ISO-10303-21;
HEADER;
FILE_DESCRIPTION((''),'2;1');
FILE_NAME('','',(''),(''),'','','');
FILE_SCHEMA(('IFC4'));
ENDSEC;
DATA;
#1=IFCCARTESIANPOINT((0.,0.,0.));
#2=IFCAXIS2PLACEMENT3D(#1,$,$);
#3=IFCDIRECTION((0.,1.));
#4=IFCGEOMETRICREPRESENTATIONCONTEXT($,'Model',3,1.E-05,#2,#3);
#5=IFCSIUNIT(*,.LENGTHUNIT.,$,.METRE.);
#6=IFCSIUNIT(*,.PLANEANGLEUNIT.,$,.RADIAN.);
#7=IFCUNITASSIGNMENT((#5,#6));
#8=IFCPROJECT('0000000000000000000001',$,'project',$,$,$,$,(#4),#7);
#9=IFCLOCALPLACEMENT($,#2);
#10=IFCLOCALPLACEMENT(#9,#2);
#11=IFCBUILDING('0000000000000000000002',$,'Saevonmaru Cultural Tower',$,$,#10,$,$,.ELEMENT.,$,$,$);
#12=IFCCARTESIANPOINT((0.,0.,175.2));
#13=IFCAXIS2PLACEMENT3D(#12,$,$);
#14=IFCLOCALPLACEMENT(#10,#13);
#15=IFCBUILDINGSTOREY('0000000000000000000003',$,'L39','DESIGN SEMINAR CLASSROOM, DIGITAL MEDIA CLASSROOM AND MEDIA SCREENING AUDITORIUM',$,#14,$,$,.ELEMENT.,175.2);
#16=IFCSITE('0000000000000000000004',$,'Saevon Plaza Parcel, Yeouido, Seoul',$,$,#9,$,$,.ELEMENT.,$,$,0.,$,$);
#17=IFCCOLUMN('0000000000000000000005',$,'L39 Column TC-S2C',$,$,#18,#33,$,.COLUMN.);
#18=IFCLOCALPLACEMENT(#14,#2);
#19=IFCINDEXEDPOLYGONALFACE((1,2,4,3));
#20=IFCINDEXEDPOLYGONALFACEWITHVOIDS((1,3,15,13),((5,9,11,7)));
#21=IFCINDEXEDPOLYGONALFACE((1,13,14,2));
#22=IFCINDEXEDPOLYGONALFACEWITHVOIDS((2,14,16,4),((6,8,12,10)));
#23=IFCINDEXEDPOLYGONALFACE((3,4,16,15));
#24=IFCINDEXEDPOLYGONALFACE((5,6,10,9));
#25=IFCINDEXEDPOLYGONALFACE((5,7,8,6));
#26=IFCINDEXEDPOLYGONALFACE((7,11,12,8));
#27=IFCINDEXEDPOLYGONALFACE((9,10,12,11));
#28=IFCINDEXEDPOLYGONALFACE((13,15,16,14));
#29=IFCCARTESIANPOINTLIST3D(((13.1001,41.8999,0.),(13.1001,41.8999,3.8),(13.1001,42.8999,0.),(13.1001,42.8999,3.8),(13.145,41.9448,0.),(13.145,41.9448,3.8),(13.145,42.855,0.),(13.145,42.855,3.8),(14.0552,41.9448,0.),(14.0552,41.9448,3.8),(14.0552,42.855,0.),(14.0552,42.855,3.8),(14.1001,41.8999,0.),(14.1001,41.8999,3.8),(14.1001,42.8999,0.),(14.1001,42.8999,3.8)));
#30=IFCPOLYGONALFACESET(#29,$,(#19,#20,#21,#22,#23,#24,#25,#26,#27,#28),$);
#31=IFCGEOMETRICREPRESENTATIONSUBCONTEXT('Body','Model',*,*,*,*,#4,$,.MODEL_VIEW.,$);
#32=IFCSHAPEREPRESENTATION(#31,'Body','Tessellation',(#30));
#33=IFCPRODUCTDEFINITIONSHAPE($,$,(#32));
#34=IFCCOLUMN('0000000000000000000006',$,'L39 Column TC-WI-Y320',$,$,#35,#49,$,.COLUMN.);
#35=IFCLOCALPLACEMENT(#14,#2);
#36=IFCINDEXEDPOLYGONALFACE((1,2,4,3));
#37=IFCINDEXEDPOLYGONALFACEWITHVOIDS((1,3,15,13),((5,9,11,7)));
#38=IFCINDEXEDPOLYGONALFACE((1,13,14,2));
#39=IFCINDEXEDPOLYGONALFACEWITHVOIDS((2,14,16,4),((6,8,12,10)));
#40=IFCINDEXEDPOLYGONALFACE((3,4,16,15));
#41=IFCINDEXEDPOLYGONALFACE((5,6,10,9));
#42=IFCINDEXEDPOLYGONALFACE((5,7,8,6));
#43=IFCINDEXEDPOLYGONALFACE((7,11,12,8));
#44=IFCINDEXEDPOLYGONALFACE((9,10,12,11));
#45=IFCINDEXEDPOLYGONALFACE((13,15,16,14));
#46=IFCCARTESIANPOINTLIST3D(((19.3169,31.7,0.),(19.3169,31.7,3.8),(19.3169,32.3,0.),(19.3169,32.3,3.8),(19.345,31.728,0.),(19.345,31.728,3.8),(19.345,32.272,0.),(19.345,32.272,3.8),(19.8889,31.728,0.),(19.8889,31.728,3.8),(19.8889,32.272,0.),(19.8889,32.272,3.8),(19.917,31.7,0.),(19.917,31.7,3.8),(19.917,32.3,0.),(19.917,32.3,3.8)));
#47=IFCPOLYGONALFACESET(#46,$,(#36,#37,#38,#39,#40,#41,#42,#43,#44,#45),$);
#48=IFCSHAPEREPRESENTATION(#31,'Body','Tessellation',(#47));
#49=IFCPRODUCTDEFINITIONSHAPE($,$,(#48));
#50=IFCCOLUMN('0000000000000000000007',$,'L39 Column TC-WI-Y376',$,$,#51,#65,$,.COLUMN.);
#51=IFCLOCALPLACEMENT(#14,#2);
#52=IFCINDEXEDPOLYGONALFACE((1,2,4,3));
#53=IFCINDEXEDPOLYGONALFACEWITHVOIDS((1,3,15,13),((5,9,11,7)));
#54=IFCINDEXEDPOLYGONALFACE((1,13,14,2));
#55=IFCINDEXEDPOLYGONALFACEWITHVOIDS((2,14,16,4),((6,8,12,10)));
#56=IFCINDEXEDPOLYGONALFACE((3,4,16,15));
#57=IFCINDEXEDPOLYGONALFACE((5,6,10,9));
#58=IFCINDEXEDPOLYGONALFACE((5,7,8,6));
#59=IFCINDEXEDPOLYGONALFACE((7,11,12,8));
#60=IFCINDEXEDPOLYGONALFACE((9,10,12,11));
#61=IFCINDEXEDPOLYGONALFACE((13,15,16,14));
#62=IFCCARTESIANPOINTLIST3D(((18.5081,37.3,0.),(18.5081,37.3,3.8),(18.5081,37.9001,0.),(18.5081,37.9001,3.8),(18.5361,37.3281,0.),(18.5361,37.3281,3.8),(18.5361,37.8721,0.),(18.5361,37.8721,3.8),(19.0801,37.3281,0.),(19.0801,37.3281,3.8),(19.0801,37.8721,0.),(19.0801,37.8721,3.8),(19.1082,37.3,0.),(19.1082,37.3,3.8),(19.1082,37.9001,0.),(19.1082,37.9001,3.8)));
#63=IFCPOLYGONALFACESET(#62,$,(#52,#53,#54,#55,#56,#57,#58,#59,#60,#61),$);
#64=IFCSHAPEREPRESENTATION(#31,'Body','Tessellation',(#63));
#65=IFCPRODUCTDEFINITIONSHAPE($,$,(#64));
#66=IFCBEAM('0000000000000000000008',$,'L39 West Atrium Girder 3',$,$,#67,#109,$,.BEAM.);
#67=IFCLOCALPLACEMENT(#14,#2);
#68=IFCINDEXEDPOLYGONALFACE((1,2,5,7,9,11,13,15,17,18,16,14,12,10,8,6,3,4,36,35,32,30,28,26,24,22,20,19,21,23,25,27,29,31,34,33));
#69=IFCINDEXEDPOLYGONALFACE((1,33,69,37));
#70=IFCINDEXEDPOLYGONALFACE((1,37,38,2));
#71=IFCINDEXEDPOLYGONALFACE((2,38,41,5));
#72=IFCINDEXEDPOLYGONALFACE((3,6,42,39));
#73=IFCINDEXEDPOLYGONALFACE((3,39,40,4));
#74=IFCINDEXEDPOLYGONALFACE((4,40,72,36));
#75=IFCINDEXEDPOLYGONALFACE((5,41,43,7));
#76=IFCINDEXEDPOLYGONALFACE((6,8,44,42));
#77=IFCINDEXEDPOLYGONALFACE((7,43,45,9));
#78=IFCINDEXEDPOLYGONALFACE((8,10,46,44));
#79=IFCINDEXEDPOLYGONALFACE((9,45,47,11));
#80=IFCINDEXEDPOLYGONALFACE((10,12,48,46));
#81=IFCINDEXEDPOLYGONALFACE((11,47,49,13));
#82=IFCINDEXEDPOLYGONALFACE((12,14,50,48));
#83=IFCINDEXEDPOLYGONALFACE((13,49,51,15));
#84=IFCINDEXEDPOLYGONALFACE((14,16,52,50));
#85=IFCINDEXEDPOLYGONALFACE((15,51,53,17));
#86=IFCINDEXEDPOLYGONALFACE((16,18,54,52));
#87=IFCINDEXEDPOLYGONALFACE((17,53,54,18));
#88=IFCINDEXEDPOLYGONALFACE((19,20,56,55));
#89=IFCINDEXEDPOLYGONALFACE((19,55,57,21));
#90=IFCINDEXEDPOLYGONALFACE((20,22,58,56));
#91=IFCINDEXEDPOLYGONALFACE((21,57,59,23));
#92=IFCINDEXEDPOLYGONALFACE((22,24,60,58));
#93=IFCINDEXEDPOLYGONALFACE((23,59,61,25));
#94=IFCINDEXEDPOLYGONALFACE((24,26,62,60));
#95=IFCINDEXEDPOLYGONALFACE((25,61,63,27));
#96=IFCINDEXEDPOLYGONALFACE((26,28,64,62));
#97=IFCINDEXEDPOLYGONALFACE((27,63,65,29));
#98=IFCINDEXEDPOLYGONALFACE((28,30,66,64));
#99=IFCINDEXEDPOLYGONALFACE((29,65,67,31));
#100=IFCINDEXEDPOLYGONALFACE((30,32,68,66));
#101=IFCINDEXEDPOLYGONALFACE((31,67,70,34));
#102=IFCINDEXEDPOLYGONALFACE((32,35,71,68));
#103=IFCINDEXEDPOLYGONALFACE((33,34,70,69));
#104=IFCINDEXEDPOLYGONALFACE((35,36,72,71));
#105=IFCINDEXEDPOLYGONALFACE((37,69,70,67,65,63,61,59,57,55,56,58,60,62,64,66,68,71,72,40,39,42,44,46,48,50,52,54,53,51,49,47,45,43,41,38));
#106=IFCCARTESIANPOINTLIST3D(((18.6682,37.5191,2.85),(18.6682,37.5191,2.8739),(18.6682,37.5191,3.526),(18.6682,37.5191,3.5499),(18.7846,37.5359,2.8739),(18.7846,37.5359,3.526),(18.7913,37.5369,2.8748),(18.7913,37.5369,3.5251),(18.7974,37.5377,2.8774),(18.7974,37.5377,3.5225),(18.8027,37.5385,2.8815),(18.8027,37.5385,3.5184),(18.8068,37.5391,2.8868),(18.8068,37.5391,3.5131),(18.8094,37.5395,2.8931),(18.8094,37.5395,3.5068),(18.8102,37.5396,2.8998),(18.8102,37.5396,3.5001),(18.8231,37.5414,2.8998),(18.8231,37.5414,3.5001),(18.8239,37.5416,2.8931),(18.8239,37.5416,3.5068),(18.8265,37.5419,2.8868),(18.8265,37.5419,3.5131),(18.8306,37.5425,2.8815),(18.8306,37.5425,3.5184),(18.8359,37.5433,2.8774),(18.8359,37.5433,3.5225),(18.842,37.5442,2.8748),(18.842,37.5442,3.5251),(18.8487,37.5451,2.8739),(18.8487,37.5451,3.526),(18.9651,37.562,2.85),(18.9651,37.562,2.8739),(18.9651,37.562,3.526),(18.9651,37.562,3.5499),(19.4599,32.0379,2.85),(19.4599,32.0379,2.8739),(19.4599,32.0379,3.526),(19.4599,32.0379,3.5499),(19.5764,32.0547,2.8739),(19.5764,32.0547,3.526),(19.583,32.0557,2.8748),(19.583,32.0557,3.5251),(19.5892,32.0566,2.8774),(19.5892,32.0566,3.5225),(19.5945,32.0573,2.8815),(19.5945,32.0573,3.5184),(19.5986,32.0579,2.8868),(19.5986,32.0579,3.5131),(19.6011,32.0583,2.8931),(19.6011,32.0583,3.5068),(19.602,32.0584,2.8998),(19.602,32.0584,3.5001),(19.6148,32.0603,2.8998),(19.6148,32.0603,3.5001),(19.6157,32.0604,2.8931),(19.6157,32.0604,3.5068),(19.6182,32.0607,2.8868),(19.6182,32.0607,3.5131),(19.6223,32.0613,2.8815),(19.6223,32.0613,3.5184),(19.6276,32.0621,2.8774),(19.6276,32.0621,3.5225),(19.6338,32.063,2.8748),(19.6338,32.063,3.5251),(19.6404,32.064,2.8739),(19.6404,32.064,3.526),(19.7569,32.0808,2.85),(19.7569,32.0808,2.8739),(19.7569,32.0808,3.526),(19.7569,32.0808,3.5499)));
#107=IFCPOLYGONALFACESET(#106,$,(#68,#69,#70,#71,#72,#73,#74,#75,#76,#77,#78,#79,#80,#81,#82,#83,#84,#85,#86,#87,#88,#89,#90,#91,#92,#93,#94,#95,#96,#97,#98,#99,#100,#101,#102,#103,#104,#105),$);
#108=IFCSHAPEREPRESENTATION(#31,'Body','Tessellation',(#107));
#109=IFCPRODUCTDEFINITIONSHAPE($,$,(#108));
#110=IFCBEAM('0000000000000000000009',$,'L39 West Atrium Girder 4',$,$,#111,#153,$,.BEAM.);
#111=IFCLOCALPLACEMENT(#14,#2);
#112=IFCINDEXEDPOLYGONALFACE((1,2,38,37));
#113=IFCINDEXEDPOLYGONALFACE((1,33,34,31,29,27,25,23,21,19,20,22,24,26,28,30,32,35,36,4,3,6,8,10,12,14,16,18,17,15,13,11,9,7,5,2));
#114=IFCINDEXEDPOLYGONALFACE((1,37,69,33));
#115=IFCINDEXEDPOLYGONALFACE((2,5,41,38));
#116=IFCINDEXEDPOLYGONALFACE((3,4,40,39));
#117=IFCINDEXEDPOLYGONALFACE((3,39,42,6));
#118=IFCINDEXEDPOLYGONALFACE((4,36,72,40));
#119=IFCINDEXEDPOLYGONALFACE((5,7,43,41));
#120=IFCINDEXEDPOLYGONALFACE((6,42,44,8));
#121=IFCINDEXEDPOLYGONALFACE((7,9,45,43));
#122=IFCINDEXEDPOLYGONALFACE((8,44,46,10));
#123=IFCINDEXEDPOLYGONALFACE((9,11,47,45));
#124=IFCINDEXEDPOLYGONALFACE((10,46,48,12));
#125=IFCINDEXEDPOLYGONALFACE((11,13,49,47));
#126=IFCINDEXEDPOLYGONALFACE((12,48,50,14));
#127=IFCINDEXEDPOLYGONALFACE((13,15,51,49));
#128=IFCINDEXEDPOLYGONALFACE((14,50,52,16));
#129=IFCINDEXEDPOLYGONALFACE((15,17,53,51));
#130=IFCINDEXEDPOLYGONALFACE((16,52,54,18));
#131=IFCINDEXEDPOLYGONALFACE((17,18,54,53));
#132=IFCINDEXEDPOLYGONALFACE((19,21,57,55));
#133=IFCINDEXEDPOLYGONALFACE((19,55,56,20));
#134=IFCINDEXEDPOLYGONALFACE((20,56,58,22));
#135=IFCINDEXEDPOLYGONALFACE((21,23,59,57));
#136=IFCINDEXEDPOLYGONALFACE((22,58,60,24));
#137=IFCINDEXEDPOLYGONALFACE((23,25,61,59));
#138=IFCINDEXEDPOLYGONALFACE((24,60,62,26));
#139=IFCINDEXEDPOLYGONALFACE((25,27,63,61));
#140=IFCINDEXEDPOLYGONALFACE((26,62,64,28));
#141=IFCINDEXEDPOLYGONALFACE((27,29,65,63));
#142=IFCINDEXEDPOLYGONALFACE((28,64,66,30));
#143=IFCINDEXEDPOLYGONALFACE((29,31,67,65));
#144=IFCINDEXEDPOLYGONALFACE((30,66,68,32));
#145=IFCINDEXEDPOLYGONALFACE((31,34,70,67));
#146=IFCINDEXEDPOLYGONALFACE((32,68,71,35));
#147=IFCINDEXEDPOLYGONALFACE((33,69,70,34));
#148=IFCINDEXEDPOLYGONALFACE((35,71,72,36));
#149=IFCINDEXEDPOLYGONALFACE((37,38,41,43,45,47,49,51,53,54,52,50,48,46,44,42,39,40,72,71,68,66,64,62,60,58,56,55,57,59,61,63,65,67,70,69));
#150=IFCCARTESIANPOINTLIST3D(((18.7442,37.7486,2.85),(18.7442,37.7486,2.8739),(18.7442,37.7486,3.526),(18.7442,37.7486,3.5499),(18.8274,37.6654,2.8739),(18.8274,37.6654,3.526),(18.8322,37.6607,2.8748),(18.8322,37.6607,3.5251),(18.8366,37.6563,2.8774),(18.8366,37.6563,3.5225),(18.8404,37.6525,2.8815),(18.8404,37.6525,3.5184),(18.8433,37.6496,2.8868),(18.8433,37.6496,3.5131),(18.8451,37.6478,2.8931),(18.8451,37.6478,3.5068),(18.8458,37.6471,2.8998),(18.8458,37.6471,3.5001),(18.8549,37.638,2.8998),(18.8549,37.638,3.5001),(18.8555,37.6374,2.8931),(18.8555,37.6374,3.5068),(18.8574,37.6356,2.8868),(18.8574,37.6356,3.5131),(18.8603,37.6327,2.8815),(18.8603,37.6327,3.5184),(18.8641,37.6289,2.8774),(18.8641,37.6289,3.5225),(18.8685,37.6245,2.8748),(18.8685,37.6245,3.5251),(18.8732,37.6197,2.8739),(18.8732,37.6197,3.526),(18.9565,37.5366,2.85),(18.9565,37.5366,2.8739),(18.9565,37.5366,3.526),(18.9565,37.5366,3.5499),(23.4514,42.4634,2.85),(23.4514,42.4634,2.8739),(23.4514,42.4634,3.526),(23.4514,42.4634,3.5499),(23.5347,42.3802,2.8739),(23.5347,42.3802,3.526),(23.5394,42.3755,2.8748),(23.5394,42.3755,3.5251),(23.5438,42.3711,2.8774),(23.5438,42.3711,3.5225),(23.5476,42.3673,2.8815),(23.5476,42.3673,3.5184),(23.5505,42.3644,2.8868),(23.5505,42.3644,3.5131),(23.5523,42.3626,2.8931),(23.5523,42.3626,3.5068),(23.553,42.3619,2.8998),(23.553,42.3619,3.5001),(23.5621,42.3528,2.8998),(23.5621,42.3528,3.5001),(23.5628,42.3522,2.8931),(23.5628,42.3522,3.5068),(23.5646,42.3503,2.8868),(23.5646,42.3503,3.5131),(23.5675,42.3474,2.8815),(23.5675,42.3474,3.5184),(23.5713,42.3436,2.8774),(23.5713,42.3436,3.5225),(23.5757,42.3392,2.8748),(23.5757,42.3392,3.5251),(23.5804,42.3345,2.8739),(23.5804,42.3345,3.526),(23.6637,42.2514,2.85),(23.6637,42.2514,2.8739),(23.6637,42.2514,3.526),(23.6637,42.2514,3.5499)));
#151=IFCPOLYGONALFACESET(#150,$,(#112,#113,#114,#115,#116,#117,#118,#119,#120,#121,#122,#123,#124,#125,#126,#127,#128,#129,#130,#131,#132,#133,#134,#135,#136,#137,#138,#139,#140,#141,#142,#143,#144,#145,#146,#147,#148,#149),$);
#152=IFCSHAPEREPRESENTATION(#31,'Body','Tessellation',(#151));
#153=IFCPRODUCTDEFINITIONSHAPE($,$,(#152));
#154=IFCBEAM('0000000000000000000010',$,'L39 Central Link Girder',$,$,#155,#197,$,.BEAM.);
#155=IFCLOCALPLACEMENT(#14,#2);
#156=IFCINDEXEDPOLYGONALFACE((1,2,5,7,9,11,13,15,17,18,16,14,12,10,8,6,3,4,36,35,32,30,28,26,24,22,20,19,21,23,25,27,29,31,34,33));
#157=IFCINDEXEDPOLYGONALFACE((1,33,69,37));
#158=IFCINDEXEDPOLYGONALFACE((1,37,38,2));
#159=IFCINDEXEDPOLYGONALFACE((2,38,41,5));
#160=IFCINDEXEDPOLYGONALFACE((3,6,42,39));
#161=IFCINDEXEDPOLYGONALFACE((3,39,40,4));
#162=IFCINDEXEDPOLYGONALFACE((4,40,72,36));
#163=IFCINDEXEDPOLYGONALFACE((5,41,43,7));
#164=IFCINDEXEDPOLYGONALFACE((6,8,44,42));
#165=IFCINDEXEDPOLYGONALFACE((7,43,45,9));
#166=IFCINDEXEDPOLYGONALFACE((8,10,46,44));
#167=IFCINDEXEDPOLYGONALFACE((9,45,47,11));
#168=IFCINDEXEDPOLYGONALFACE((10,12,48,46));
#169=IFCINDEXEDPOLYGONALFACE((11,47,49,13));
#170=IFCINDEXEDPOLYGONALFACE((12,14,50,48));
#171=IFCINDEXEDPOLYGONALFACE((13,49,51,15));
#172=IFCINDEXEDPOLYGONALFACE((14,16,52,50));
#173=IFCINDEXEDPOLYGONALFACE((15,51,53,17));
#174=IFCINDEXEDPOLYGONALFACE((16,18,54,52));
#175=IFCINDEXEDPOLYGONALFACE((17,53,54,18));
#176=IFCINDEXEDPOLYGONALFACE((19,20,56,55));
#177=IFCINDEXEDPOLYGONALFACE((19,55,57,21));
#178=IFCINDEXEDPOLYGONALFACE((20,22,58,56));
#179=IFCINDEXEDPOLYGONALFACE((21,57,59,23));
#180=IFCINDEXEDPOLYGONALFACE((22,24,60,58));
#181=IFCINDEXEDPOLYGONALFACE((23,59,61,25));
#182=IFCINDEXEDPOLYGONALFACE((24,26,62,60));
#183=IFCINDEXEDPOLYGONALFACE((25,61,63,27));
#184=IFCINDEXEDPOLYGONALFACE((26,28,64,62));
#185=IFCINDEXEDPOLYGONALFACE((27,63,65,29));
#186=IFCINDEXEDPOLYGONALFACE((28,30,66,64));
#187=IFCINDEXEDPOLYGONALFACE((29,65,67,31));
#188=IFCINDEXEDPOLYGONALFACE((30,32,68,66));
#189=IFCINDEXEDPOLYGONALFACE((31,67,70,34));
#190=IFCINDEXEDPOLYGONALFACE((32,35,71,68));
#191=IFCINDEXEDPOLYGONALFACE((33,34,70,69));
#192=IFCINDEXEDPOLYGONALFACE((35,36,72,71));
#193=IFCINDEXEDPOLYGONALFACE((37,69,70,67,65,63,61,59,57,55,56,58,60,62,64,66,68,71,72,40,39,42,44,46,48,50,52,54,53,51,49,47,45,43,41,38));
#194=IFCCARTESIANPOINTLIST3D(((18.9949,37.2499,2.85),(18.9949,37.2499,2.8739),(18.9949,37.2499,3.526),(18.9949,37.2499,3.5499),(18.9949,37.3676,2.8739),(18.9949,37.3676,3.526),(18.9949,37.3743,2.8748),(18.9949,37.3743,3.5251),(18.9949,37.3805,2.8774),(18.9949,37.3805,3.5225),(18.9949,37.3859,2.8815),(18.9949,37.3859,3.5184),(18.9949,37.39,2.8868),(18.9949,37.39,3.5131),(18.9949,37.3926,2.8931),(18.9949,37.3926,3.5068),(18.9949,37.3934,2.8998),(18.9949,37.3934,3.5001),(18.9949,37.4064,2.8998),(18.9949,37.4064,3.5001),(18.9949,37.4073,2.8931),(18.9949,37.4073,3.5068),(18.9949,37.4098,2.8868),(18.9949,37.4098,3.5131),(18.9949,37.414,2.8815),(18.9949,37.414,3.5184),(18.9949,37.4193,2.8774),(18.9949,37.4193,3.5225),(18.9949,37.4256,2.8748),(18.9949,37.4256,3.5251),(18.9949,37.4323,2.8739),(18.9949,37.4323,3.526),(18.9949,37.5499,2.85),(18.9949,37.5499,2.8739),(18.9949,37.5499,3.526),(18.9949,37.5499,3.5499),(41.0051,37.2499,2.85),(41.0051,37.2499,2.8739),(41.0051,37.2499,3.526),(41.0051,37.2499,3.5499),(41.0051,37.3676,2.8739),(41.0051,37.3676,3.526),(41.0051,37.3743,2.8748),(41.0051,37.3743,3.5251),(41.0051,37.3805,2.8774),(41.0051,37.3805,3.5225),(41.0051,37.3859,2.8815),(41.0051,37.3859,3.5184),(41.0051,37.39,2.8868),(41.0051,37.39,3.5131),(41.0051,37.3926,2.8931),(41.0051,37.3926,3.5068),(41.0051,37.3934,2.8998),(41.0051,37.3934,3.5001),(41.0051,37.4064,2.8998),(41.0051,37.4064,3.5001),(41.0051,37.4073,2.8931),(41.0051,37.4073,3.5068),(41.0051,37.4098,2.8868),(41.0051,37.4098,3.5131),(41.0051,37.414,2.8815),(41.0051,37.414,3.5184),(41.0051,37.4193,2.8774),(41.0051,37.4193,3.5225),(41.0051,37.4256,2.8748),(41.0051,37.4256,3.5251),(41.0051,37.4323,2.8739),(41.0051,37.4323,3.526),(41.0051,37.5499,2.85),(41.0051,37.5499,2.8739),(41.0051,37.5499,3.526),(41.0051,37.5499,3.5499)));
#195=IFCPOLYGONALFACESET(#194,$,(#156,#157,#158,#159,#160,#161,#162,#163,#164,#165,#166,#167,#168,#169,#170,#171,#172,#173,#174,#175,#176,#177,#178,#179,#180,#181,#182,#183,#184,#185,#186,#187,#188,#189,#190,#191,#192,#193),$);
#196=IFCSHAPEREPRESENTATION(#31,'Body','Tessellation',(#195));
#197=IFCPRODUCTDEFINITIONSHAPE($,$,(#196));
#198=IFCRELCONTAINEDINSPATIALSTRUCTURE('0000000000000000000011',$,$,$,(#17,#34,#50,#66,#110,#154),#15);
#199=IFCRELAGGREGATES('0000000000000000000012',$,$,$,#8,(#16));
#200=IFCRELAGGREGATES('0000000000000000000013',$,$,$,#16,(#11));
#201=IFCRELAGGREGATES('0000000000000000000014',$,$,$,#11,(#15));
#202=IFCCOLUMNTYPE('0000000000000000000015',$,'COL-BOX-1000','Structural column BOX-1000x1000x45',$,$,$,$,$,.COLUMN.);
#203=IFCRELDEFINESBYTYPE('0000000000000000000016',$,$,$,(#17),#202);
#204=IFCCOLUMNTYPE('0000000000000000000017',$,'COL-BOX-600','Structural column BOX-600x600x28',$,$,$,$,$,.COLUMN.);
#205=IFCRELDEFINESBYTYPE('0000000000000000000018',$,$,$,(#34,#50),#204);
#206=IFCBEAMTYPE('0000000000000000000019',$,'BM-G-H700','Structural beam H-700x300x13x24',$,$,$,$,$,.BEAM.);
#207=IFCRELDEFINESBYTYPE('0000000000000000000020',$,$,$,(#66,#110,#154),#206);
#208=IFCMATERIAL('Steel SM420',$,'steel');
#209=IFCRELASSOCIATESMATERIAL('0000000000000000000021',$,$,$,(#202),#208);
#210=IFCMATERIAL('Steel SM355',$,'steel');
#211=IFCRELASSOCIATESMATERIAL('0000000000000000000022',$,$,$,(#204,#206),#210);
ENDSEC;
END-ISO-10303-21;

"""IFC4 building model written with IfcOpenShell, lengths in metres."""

from ifc_helpers import new_model, si_unit, direction, frame, origin, origin_2d, place, context, subcontext, project, spatial, hollow_rectangle, i_section, extrude, material, material_profile, profile_set, type_object, element, save


model = new_model("IFC4")

# Units and contexts
model_context = context("Model", 3, precision=1e-05, world=origin(), true_north=direction((0.0, 1.0)))
body_context = subcontext(model_context, "Body", "Model", "MODEL_VIEW")
ifc_project = project(units=[si_unit("LENGTHUNIT", "METRE"), si_unit("PLANEANGLEUNIT", "RADIAN")], contexts=[model_context])

# Site, building, storey
site_placement = place(None, origin())
site = spatial("IfcSite", under=ifc_project, at=site_placement, Name="Saevon Plaza Parcel, Yeouido, Seoul", CompositionType="ELEMENT", RefElevation=0.0)
building_placement = place(site_placement, origin())
building = spatial("IfcBuilding", under=site, at=building_placement, Name="Saevonmaru Cultural Tower", CompositionType="ELEMENT")
storey_placement = place(building_placement, frame((0.0, 0.0, 175.2)))
storey = spatial("IfcBuildingStorey", under=building, at=storey_placement, Name="L39", Description="DESIGN SEMINAR CLASSROOM, DIGITAL MEDIA CLASSROOM AND MEDIA SCREENING AUDITORIUM", CompositionType="ELEMENT", Elevation=175.2)

# Columns
ifc_material_1 = material(Name="Steel SM420", Category="steel")
ifc_material_profile_1 = material_profile(ifc_material_1, hollow_rectangle(XDim=1.0, YDim=1.0, WallThickness=0.0449, at=origin_2d()), Name="BOX-1000x1000x45")
ifc_profile_set_1 = profile_set([ifc_material_profile_1], Name="Steel SM420")
column_type_1 = type_object("IfcColumnType", Name="COL-BOX-1000", Description="Structural column BOX-1000x1000x45", PredefinedType="COLUMN", material=ifc_profile_set_1)
column_placement = place(storey_placement, frame((13.6001, 42.3999, 0.0), z_axis=(0.0, 0.0, 1.0), x_axis=(1.0, 0.0, 0.0)))
element("IfcColumn", 1, at=column_placement, inside=storey, type_object=column_type_1, Name="L39 Column TC-S2C", PredefinedType="COLUMN", context=body_context, shape_type="SweptSolid", body=[
    extrude(hollow_rectangle(XDim=1.0, YDim=1.0, WallThickness=0.0449, at=origin_2d()), origin(), (0.0, 0.0, 1.0), 3.8),
])
ifc_material_2 = material(Name="Steel SM355", Category="steel")
ifc_material_profile_2 = material_profile(ifc_material_2, hollow_rectangle(XDim=0.6001, YDim=0.6001, WallThickness=0.0281, at=origin_2d()), Name="BOX-600x600x28")
ifc_profile_set_2 = profile_set([ifc_material_profile_2], Name="Steel SM355")
column_type_2 = type_object("IfcColumnType", Name="COL-BOX-600", Description="Structural column BOX-600x600x28", PredefinedType="COLUMN", material=ifc_profile_set_2)
for number, where, z_axis, x_axis, name in (
    (2, (19.6169, 32.0, 0.0), (0.0, 0.0, 1.0), (1.0, 0.0, 0.0), "L39 Column TC-WI-Y320"),
    (3, (18.8081, 37.6001, 0.0), (0.0, 0.0, 1.0), (1.0, 0.0, 0.0), "L39 Column TC-WI-Y376"),
):
    element("IfcColumn", number, at=place(storey_placement, frame(where, z_axis=z_axis, x_axis=x_axis)), inside=storey, type_object=column_type_2, Name=name, PredefinedType="COLUMN", context=body_context, shape_type="SweptSolid", body=[
        extrude(hollow_rectangle(XDim=0.6001, YDim=0.6001, WallThickness=0.0281, at=origin_2d()), origin(), (0.0, 0.0, 1.0), 3.8),
    ])

# Beams
ifc_material_profile_3 = material_profile(ifc_material_2, i_section(OverallWidth=0.3, OverallDepth=0.7, WebThickness=0.0129, FlangeThickness=0.0239, FilletRadius=0.0259, at=origin_2d()), Name="H-700x300x13x24")
ifc_profile_set_3 = profile_set([ifc_material_profile_3], Name="Steel SM355")
beam_type = type_object("IfcBeamType", Name="BM-G-H700", Description="Structural beam H-700x300x13x24", PredefinedType="BEAM", material=ifc_profile_set_3)
beam_1_placement = place(storey_placement, frame((19.6084, 32.0593, 3.2), z_axis=(-0.142964, 0.989728, 0.0), x_axis=(-0.989728, -0.142964, 0.0)))
element("IfcBeam", 4, at=beam_1_placement, inside=storey, type_object=beam_type, Name="L39 West Atrium Girder 3", PredefinedType="BEAM", context=body_context, shape_type="SweptSolid", body=[
    extrude(i_section(OverallWidth=0.3, OverallDepth=0.7, WebThickness=0.0129, FlangeThickness=0.0239, FilletRadius=0.0259, at=origin_2d()), origin(), (0.0, 0.0, 1.0), 5.5381),
])
beam_2_placement = place(storey_placement, frame((18.8503, 37.6426, 3.2), z_axis=(0.706539, 0.707675, 0.0), x_axis=(-0.707675, 0.706539, 0.0)))
element("IfcBeam", 5, at=beam_2_placement, inside=storey, type_object=beam_type, Name="L39 West Atrium Girder 4", PredefinedType="BEAM", context=body_context, shape_type="SweptSolid", body=[
    extrude(i_section(OverallWidth=0.3, OverallDepth=0.7, WebThickness=0.0129, FlangeThickness=0.0239, FilletRadius=0.0259, at=origin_2d()), origin(), (0.0, 0.0, 1.0), 6.6624),
])
beam_3_placement = place(storey_placement, frame((18.9949, 37.3999, 3.2), z_axis=(1.0, 0.0, 0.0), x_axis=(0.0, 1.0, 0.0)))
element("IfcBeam", 6, at=beam_3_placement, inside=storey, type_object=beam_type, Name="L39 Central Link Girder", PredefinedType="BEAM", context=body_context, shape_type="SweptSolid", body=[
    extrude(i_section(OverallWidth=0.3, OverallDepth=0.7, WebThickness=0.0129, FlangeThickness=0.0239, FilletRadius=0.0259, at=origin_2d()), origin(), (0.0, 0.0, 1.0), 22.0103),
])

save(model, "model.ifc")
